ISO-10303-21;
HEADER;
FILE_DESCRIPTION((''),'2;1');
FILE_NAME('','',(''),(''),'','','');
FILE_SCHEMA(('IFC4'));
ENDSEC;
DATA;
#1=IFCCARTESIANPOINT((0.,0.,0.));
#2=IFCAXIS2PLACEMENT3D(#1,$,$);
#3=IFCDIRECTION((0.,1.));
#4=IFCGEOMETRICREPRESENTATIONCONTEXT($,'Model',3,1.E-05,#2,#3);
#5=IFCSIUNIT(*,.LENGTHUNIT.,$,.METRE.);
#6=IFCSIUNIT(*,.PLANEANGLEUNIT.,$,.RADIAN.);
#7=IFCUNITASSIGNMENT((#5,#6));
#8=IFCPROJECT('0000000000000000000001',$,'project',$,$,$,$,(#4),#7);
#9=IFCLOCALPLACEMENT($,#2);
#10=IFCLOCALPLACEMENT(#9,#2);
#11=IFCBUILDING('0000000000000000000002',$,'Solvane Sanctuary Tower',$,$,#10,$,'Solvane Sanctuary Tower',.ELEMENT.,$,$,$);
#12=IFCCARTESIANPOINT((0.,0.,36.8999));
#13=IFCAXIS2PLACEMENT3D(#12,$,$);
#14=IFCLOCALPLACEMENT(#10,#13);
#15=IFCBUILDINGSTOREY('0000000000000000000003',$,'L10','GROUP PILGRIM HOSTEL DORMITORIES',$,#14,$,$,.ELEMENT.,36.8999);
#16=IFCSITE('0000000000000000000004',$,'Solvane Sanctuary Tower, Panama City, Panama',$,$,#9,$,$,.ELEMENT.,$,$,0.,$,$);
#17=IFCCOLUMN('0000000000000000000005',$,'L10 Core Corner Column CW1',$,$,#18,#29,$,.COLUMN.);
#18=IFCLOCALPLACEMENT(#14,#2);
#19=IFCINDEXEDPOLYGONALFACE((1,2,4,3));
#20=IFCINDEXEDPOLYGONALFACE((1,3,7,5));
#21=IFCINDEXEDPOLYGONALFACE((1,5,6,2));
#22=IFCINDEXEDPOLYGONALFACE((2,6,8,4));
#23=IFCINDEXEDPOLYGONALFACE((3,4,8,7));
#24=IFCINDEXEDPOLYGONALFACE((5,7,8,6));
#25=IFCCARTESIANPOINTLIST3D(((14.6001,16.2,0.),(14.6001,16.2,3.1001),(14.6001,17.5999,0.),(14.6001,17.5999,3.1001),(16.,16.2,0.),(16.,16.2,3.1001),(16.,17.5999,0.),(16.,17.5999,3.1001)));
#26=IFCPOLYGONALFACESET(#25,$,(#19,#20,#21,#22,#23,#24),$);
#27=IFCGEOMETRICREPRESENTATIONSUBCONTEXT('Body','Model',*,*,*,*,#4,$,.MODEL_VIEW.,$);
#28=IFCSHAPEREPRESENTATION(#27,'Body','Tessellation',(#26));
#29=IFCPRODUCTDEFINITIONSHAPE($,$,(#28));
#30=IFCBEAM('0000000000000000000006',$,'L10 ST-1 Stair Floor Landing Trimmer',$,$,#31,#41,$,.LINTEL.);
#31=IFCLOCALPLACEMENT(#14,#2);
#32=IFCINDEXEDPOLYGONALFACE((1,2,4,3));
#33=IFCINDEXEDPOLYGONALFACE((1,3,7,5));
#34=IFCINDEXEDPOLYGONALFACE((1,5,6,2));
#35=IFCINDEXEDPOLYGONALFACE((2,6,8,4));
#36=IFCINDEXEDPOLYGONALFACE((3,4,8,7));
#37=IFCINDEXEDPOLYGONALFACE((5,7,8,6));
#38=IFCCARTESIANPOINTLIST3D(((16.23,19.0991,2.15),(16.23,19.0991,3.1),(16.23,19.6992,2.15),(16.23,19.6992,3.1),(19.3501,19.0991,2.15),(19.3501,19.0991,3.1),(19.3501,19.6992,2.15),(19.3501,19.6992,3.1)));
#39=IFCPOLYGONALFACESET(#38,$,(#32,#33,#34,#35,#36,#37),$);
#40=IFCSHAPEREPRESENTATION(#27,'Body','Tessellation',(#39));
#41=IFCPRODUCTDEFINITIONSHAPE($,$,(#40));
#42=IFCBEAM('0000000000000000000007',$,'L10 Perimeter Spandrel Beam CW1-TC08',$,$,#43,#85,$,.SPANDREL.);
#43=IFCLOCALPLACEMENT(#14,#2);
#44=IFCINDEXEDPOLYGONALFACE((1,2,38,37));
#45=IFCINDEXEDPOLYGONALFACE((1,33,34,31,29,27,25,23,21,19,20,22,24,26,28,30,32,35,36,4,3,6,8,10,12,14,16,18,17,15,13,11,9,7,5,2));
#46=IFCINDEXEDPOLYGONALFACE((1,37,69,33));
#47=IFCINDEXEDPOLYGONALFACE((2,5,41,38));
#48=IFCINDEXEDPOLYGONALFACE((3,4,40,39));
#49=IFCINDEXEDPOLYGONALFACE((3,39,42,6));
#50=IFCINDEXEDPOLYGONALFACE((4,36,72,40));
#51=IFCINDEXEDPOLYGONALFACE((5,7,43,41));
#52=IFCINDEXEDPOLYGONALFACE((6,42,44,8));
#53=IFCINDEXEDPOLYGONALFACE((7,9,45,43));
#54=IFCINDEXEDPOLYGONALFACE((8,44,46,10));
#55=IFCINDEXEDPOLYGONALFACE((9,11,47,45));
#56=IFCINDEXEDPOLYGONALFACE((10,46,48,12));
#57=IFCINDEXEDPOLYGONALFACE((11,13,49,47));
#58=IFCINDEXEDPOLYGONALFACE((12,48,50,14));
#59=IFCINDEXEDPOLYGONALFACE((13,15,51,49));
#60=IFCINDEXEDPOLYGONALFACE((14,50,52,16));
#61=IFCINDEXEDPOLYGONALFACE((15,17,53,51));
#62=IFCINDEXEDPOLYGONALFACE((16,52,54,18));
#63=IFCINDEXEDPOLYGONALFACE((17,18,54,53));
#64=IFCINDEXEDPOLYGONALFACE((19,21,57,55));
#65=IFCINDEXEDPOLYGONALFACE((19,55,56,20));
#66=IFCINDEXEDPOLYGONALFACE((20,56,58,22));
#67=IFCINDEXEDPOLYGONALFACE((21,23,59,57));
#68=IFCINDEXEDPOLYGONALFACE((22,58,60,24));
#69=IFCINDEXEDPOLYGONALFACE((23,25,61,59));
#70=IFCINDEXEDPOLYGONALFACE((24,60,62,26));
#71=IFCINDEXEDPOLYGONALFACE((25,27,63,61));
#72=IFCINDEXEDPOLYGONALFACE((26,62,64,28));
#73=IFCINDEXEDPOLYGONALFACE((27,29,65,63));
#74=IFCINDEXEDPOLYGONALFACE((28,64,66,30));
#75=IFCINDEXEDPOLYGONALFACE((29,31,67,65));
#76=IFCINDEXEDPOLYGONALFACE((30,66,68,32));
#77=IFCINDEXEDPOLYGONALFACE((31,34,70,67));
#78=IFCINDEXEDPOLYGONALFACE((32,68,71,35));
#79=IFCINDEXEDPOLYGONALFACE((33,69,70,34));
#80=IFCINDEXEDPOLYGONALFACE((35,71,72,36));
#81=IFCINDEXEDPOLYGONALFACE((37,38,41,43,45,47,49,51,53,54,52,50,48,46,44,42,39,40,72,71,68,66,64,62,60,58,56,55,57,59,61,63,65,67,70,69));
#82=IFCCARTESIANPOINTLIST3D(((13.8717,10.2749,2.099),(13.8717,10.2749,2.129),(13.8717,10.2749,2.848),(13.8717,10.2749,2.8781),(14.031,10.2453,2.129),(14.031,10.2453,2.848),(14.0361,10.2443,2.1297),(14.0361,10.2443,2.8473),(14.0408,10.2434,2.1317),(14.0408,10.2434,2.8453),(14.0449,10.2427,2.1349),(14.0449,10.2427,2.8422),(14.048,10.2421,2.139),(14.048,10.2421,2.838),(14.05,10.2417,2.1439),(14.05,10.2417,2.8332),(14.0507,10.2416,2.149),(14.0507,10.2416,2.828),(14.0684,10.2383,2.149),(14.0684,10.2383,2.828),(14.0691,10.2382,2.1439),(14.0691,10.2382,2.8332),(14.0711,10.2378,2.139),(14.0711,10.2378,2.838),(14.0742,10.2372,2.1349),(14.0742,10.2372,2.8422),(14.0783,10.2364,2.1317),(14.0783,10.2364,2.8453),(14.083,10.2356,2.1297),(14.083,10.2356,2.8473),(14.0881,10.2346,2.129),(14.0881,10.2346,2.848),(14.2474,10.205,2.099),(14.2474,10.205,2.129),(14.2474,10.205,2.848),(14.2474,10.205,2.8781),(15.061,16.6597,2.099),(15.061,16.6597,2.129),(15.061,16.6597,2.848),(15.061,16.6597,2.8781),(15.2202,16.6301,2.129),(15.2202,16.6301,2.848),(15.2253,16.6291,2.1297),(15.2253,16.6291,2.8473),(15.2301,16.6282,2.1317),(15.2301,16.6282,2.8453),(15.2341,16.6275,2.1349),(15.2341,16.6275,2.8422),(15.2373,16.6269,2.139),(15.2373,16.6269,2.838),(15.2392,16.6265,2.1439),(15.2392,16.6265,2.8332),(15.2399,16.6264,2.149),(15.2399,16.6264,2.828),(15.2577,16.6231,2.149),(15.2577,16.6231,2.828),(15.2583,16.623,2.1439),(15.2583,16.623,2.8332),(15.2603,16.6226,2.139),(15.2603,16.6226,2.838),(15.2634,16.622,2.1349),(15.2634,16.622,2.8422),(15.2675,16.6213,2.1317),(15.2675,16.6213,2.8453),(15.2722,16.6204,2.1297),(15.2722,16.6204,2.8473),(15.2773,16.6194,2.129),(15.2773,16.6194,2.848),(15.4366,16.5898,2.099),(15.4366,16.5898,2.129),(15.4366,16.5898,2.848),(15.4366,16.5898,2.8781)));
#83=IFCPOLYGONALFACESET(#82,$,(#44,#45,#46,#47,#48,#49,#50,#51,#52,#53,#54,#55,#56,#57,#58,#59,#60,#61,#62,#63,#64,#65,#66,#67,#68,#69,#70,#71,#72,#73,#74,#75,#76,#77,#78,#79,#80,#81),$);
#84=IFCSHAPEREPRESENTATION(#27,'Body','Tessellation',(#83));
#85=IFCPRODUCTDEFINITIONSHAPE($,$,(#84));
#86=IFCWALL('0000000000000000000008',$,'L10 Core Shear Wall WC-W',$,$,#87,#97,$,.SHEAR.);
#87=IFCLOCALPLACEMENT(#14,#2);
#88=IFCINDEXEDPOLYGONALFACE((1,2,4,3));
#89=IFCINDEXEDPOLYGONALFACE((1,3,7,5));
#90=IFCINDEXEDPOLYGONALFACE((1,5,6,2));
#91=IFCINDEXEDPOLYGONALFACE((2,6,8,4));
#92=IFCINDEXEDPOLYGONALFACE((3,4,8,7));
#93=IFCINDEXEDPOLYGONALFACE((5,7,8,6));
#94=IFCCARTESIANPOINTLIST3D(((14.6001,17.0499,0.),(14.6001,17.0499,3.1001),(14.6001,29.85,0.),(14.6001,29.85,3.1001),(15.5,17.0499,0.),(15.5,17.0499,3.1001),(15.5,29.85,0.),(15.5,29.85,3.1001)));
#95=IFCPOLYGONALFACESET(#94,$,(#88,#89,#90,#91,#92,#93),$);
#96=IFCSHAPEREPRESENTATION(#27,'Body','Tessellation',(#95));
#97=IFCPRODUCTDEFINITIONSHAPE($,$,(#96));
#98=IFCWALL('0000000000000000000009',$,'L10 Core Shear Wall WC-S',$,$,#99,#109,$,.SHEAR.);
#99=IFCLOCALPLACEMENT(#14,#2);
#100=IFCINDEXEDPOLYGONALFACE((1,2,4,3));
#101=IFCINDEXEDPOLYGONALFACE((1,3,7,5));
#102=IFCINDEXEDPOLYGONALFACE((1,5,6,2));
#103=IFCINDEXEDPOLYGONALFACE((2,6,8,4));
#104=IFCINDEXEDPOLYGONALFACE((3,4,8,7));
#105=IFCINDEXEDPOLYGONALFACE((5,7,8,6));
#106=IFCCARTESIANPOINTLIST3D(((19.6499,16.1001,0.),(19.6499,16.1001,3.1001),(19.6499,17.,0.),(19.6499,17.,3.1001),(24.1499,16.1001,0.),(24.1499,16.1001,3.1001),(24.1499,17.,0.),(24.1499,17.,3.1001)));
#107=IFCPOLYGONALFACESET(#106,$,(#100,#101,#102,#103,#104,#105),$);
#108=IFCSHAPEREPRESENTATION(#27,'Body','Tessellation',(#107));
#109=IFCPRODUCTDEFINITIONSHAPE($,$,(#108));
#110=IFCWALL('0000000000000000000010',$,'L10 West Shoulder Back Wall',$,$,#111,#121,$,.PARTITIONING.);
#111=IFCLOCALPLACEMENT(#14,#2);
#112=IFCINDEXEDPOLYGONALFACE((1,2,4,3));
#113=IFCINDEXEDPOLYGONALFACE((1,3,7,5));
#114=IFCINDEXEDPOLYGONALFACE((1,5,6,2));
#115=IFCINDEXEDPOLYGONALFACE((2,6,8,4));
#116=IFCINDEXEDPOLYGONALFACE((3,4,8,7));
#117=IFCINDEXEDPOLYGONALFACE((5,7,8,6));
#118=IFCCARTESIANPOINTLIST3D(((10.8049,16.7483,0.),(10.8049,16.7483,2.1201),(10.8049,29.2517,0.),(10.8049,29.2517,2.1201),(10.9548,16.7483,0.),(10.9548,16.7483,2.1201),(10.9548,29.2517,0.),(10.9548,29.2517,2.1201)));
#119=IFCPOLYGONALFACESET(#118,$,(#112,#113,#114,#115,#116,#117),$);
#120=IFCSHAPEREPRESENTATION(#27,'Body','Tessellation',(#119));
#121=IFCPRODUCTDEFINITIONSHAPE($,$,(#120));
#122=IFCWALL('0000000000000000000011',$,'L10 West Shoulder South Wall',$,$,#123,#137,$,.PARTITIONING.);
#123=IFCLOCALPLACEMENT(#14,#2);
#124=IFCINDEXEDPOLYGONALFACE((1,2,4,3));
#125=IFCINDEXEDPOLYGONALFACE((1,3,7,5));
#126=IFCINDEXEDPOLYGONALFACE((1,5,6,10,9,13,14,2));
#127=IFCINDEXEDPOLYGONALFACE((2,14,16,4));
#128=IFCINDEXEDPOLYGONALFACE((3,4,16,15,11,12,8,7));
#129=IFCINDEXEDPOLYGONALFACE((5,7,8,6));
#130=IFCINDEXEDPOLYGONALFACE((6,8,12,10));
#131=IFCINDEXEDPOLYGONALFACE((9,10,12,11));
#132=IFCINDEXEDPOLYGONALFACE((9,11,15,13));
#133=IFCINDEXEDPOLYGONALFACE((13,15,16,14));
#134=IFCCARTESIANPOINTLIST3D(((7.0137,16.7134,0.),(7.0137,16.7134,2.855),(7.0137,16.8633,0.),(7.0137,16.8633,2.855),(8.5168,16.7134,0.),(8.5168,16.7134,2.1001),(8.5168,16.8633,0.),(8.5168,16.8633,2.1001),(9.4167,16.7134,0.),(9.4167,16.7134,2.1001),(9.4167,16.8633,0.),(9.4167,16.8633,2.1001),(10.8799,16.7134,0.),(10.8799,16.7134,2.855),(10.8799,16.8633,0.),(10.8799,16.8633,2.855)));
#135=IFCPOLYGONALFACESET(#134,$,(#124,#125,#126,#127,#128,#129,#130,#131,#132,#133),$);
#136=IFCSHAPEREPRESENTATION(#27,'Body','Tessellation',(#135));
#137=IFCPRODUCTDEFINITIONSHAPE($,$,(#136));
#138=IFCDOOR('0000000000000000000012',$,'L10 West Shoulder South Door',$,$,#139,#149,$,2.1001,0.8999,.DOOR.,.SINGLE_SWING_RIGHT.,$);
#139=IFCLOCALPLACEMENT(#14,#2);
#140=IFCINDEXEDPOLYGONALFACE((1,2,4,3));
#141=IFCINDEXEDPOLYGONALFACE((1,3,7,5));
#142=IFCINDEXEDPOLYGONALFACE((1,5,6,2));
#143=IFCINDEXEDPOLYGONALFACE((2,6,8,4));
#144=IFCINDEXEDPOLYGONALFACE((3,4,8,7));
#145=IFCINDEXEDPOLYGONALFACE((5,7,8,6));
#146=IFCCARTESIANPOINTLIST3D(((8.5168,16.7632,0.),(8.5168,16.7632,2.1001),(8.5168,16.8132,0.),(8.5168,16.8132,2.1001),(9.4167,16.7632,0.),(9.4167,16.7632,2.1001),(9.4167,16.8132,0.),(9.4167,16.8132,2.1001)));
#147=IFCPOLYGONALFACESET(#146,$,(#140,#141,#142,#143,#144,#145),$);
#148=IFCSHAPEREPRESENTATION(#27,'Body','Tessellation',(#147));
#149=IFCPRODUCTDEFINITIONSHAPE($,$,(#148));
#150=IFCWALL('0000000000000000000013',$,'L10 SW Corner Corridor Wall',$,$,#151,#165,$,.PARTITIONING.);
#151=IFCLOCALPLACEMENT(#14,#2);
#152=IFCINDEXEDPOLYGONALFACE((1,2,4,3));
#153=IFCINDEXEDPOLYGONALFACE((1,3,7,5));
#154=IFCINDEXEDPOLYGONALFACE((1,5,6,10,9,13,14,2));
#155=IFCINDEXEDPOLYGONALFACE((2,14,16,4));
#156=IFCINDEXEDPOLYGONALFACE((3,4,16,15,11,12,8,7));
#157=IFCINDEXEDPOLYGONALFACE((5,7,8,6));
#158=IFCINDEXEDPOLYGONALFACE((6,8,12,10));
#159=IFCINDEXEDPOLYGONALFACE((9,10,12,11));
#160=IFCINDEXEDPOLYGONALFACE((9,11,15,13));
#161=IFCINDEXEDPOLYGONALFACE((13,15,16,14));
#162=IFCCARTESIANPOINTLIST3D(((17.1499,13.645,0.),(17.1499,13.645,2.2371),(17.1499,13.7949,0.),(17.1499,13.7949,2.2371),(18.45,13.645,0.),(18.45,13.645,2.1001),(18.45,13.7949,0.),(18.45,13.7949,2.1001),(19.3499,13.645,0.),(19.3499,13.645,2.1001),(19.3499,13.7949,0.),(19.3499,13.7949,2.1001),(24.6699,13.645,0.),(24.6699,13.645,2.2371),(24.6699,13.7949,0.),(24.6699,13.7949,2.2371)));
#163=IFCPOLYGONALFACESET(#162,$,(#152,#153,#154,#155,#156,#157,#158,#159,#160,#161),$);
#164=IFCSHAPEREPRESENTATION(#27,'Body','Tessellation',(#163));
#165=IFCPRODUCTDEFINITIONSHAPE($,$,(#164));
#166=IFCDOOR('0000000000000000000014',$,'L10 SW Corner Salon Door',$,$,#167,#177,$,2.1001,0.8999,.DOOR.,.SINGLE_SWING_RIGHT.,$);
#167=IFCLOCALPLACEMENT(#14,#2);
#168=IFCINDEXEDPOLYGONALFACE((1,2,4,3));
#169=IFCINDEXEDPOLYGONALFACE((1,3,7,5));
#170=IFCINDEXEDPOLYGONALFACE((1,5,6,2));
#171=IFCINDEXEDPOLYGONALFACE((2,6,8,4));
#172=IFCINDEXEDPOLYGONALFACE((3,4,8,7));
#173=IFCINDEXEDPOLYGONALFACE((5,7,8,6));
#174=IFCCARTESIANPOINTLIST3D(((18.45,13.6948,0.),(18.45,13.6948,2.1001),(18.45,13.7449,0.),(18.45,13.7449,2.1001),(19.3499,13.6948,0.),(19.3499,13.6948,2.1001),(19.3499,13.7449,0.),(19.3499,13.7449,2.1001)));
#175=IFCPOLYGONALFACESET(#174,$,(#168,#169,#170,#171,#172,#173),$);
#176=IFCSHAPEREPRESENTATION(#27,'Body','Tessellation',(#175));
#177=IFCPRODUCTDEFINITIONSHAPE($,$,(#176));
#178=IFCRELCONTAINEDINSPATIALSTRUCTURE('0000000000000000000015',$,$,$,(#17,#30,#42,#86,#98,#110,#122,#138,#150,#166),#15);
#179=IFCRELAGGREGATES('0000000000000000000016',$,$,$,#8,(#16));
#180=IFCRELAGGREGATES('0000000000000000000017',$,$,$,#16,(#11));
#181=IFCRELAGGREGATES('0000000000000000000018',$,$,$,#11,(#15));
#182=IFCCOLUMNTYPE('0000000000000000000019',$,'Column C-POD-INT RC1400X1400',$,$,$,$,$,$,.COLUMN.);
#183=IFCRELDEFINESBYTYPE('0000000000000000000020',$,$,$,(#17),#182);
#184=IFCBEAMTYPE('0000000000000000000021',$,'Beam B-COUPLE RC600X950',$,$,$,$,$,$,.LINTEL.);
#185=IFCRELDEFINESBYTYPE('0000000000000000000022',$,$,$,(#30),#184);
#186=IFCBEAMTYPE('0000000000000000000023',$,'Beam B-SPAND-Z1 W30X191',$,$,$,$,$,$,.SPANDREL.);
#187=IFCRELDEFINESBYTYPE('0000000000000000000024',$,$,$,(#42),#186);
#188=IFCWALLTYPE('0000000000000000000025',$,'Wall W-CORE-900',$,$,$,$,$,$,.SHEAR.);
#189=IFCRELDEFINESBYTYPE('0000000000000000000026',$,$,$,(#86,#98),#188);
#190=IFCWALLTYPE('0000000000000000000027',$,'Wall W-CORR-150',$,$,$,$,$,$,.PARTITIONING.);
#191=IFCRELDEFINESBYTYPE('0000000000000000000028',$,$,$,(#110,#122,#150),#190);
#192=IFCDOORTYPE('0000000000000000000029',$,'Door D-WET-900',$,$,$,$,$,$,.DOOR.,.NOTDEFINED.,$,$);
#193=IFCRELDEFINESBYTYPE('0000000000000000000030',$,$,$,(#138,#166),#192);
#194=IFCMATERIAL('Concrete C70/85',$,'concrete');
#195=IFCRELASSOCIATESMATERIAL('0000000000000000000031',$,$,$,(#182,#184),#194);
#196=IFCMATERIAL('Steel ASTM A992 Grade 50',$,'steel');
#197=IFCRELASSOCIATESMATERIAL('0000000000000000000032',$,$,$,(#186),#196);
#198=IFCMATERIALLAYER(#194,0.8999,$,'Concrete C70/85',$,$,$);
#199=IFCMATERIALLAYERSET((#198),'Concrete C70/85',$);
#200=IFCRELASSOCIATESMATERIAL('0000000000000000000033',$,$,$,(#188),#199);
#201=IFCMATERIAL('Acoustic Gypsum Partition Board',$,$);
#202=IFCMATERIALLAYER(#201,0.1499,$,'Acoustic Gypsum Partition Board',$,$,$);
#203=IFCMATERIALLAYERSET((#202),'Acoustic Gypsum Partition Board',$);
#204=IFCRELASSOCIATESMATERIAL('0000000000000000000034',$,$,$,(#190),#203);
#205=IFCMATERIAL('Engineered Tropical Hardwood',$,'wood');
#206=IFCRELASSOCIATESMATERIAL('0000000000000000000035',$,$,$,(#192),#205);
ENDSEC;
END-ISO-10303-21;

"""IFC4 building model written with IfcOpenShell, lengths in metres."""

from ifc_helpers import new_model, si_unit, direction, frame, frame_2d, origin, origin_2d, place, context, subcontext, project, spatial, rectangle, i_section, extrude, material, layer, layer_set, material_profile, profile_set, type_object, element, fill, save


model = new_model("IFC4")

# Units and contexts
model_context = context("Model", 3, precision=1e-05, world=origin(), true_north=direction((0.0, 1.0)))
body_context = subcontext(model_context, "Body", "Model", "MODEL_VIEW")
ifc_project = project(units=[si_unit("LENGTHUNIT", "METRE"), si_unit("PLANEANGLEUNIT", "RADIAN")], contexts=[model_context])

# Site, building, storey
site_placement = place(None, origin())
site = spatial("IfcSite", under=ifc_project, at=site_placement, Name="Solvane Sanctuary Tower, Panama City, Panama", CompositionType="ELEMENT", RefElevation=0.0)
building_placement = place(site_placement, origin())
building = spatial("IfcBuilding", under=site, at=building_placement, Name="Solvane Sanctuary Tower", LongName="Solvane Sanctuary Tower", CompositionType="ELEMENT")
storey_placement = place(building_placement, frame((0.0, 0.0, 36.8999)))
storey = spatial("IfcBuildingStorey", under=building, at=storey_placement, Name="L10", Description="GROUP PILGRIM HOSTEL DORMITORIES", CompositionType="ELEMENT", Elevation=36.8999)

# Column
ifc_material_1 = material(Name="Concrete C70/85", Category="concrete")
ifc_material_profile_1 = material_profile(ifc_material_1, rectangle(XDim=1.3999, YDim=1.3999, at=origin_2d()), Name="RC1400X1400")
ifc_profile_set_1 = profile_set([ifc_material_profile_1], Name="Concrete C70/85")
column_type = type_object("IfcColumnType", Name="Column C-POD-INT RC1400X1400", PredefinedType="COLUMN", material=ifc_profile_set_1)
column_placement = place(storey_placement, frame((15.3, 16.8999, 0.0), z_axis=(0.0, 0.0, 1.0), x_axis=(1.0, 0.0, 0.0)))
element("IfcColumn", 1, at=column_placement, inside=storey, type_object=column_type, Name="L10 Core Corner Column CW1", PredefinedType="COLUMN", context=body_context, shape_type="SweptSolid", body=[
    extrude(rectangle(XDim=1.3999, YDim=1.3999, at=origin_2d()), origin(), (0.0, 0.0, 1.0), 3.1001),
])

# Beams
ifc_material_profile_2 = material_profile(ifc_material_1, rectangle(XDim=0.6001, YDim=0.95, at=origin_2d()), Name="RC600X950")
ifc_profile_set_2 = profile_set([ifc_material_profile_2], Name="Concrete C70/85")
beam_type_1 = type_object("IfcBeamType", Name="Beam B-COUPLE RC600X950", PredefinedType="LINTEL", material=ifc_profile_set_2)
beam_1_placement = place(storey_placement, frame((16.23, 19.3992, 2.625), z_axis=(1.0, 0.0, 0.0), x_axis=(0.0, 1.0, 0.0)))
element("IfcBeam", 2, at=beam_1_placement, inside=storey, type_object=beam_type_1, Name="L10 ST-1 Stair Floor Landing Trimmer", PredefinedType="LINTEL", context=body_context, shape_type="SweptSolid", body=[
    extrude(rectangle(XDim=0.6001, YDim=0.95, at=origin_2d()), origin(), (0.0, 0.0, 1.0), 3.1201),
])
ifc_material_2 = material(Name="Steel ASTM A992 Grade 50", Category="steel")
ifc_material_profile_3 = material_profile(ifc_material_2, i_section(OverallWidth=0.3821, OverallDepth=0.7791, WebThickness=0.0181, FlangeThickness=0.03, FilletRadius=0.02, at=origin_2d()), Name="W30X191")
ifc_profile_set_3 = profile_set([ifc_material_profile_3], Name="Steel ASTM A992 Grade 50")
beam_type_2 = type_object("IfcBeamType", Name="Beam B-SPAND-Z1 W30X191", PredefinedType="SPANDREL", material=ifc_profile_set_3)
beam_2_placement = place(storey_placement, frame((15.2488, 16.6248, 2.4885), z_axis=(-0.183108, -0.983093, 0.0), x_axis=(0.983093, -0.183108, 0.0)))
element("IfcBeam", 3, at=beam_2_placement, inside=storey, type_object=beam_type_2, Name="L10 Perimeter Spandrel Beam CW1-TC08", PredefinedType="SPANDREL", context=body_context, shape_type="SweptSolid", body=[
    extrude(i_section(OverallWidth=0.3821, OverallDepth=0.7791, WebThickness=0.0181, FlangeThickness=0.03, FilletRadius=0.02, at=origin_2d()), origin(), (0.0, 0.0, 1.0), 6.4946),
])

# Walls
ifc_layer_1 = layer(ifc_material_1, 0.8999, Name="Concrete C70/85")
ifc_layer_set_1 = layer_set([ifc_layer_1], Name="Concrete C70/85")
wall_type_1 = type_object("IfcWallType", Name="Wall W-CORE-900", PredefinedType="SHEAR", material=ifc_layer_set_1)
wall_1_placement = place(storey_placement, frame((15.05, 17.05, 0.0), z_axis=(0.0, 0.0, 1.0), x_axis=(0.0, 1.0, 0.0)))
element("IfcWall", 4, at=wall_1_placement, inside=storey, type_object=wall_type_1, Name="L10 Core Shear Wall WC-W", PredefinedType="SHEAR", context=body_context, shape_type="SweptSolid", body=[
    extrude(rectangle(XDim=12.8, YDim=0.8999, at=frame_2d((6.3999, 0.0))), origin(), (0.0, 0.0, 1.0), 3.1001),
])
wall_2_placement = place(storey_placement, frame((19.6499, 16.55, 0.0), z_axis=(0.0, 0.0, 1.0), x_axis=(1.0, 0.0, 0.0)))
element("IfcWall", 5, at=wall_2_placement, inside=storey, type_object=wall_type_1, Name="L10 Core Shear Wall WC-S", PredefinedType="SHEAR", context=body_context, shape_type="SweptSolid", body=[
    extrude(rectangle(XDim=4.5, YDim=0.8999, at=frame_2d((2.25, 0.0))), origin(), (0.0, 0.0, 1.0), 3.1001),
])
ifc_material_3 = material(Name="Acoustic Gypsum Partition Board")
ifc_layer_2 = layer(ifc_material_3, 0.1499, Name="Acoustic Gypsum Partition Board")
ifc_layer_set_2 = layer_set([ifc_layer_2], Name="Acoustic Gypsum Partition Board")
wall_type_2 = type_object("IfcWallType", Name="Wall W-CORR-150", PredefinedType="PARTITIONING", material=ifc_layer_set_2)
wall_3_placement = place(storey_placement, frame((10.8799, 16.7483, 0.0), z_axis=(0.0, 0.0, 1.0), x_axis=(0.0, 1.0, 0.0)))
element("IfcWall", 6, at=wall_3_placement, inside=storey, type_object=wall_type_2, Name="L10 West Shoulder Back Wall", PredefinedType="PARTITIONING", context=body_context, shape_type="SweptSolid", body=[
    extrude(rectangle(XDim=12.5034, YDim=0.1499, at=frame_2d((6.2517, 0.0))), origin(), (0.0, 0.0, 1.0), 2.1201),
])

# Walls, openings, doors
wall_4_placement = place(storey_placement, frame((7.0137, 16.7883, 0.0), z_axis=(0.0, 0.0, 1.0), x_axis=(1.0, 0.0, 0.0)))
wall_4 = element("IfcWall", 7, at=wall_4_placement, inside=storey, type_object=wall_type_2, Name="L10 West Shoulder South Wall", PredefinedType="PARTITIONING", context=body_context, shape_type="SweptSolid", body=[
    extrude(rectangle(XDim=3.8662, YDim=0.1499, at=frame_2d((1.9331, 0.0))), origin(), (0.0, 0.0, 1.0), 2.855),
])
opening_1_placement = place(wall_4_placement, frame((1.5032, 0.0, 0.0)))
opening_1 = element("IfcOpeningElement", 8, at=opening_1_placement, cuts=wall_4, PredefinedType="OPENING", context=body_context, shape_type="SweptSolid", body=[
    extrude(rectangle(XDim=0.8999, YDim=2.1001, at=frame_2d((0.45, 1.05))), frame((0.0, 0.085, 0.0), z_axis=(0.0, -1.0, 0.0), x_axis=(1.0, 0.0, 0.0)), (0.0, 0.0, 1.0), 0.1699),
])
ifc_material_4 = material(Name="Engineered Tropical Hardwood", Category="wood")
door_type_1 = type_object("IfcDoorType", Name="Door D-WET-900", OperationType="NOTDEFINED", PredefinedType="DOOR", material=ifc_material_4)
door_1_placement = place(opening_1_placement, origin())
door_1 = element("IfcDoor", 9, at=door_1_placement, inside=storey, type_object=door_type_1, Name="L10 West Shoulder South Door", OperationType="SINGLE_SWING_RIGHT", OverallHeight=2.1001, OverallWidth=0.8999, PredefinedType="DOOR", context=body_context, shape_type="SweptSolid", body=[
    extrude(rectangle(XDim=0.8999, YDim=2.1001, at=frame_2d((0.45, 1.05))), frame((0.0, 0.0249, 0.0), z_axis=(0.0, -1.0, 0.0), x_axis=(1.0, 0.0, 0.0)), (0.0, 0.0, 1.0), 0.05),
])
fill(opening_1, door_1)
wall_5_placement = place(storey_placement, frame((17.1499, 13.72, 0.0), z_axis=(0.0, 0.0, 1.0), x_axis=(1.0, 0.0, 0.0)))
wall_5 = element("IfcWall", 10, at=wall_5_placement, inside=storey, type_object=wall_type_2, Name="L10 SW Corner Corridor Wall", PredefinedType="PARTITIONING", context=body_context, shape_type="SweptSolid", body=[
    extrude(rectangle(XDim=7.52, YDim=0.1499, at=frame_2d((3.76, 0.0))), origin(), (0.0, 0.0, 1.0), 2.2371),
])
opening_2_placement = place(wall_5_placement, frame((1.3, 0.0, 0.0)))
opening_2 = element("IfcOpeningElement", 11, at=opening_2_placement, cuts=wall_5, PredefinedType="OPENING", context=body_context, shape_type="SweptSolid", body=[
    extrude(rectangle(XDim=0.8999, YDim=2.1001, at=frame_2d((0.45, 1.05))), frame((0.0, 0.085, 0.0), z_axis=(0.0, -1.0, 0.0), x_axis=(1.0, 0.0, 0.0)), (0.0, 0.0, 1.0), 0.1699),
])
door_2_placement = place(opening_2_placement, origin())
door_2 = element("IfcDoor", 12, at=door_2_placement, inside=storey, type_object=door_type_1, Name="L10 SW Corner Salon Door", OperationType="SINGLE_SWING_RIGHT", OverallHeight=2.1001, OverallWidth=0.8999, PredefinedType="DOOR", context=body_context, shape_type="SweptSolid", body=[
    extrude(rectangle(XDim=0.8999, YDim=2.1001, at=frame_2d((0.45, 1.05))), frame((0.0, 0.0249, 0.0), z_axis=(0.0, -1.0, 0.0), x_axis=(1.0, 0.0, 0.0)), (0.0, 0.0, 1.0), 0.05),
])
fill(opening_2, door_2)

save(model, "model.ifc")
